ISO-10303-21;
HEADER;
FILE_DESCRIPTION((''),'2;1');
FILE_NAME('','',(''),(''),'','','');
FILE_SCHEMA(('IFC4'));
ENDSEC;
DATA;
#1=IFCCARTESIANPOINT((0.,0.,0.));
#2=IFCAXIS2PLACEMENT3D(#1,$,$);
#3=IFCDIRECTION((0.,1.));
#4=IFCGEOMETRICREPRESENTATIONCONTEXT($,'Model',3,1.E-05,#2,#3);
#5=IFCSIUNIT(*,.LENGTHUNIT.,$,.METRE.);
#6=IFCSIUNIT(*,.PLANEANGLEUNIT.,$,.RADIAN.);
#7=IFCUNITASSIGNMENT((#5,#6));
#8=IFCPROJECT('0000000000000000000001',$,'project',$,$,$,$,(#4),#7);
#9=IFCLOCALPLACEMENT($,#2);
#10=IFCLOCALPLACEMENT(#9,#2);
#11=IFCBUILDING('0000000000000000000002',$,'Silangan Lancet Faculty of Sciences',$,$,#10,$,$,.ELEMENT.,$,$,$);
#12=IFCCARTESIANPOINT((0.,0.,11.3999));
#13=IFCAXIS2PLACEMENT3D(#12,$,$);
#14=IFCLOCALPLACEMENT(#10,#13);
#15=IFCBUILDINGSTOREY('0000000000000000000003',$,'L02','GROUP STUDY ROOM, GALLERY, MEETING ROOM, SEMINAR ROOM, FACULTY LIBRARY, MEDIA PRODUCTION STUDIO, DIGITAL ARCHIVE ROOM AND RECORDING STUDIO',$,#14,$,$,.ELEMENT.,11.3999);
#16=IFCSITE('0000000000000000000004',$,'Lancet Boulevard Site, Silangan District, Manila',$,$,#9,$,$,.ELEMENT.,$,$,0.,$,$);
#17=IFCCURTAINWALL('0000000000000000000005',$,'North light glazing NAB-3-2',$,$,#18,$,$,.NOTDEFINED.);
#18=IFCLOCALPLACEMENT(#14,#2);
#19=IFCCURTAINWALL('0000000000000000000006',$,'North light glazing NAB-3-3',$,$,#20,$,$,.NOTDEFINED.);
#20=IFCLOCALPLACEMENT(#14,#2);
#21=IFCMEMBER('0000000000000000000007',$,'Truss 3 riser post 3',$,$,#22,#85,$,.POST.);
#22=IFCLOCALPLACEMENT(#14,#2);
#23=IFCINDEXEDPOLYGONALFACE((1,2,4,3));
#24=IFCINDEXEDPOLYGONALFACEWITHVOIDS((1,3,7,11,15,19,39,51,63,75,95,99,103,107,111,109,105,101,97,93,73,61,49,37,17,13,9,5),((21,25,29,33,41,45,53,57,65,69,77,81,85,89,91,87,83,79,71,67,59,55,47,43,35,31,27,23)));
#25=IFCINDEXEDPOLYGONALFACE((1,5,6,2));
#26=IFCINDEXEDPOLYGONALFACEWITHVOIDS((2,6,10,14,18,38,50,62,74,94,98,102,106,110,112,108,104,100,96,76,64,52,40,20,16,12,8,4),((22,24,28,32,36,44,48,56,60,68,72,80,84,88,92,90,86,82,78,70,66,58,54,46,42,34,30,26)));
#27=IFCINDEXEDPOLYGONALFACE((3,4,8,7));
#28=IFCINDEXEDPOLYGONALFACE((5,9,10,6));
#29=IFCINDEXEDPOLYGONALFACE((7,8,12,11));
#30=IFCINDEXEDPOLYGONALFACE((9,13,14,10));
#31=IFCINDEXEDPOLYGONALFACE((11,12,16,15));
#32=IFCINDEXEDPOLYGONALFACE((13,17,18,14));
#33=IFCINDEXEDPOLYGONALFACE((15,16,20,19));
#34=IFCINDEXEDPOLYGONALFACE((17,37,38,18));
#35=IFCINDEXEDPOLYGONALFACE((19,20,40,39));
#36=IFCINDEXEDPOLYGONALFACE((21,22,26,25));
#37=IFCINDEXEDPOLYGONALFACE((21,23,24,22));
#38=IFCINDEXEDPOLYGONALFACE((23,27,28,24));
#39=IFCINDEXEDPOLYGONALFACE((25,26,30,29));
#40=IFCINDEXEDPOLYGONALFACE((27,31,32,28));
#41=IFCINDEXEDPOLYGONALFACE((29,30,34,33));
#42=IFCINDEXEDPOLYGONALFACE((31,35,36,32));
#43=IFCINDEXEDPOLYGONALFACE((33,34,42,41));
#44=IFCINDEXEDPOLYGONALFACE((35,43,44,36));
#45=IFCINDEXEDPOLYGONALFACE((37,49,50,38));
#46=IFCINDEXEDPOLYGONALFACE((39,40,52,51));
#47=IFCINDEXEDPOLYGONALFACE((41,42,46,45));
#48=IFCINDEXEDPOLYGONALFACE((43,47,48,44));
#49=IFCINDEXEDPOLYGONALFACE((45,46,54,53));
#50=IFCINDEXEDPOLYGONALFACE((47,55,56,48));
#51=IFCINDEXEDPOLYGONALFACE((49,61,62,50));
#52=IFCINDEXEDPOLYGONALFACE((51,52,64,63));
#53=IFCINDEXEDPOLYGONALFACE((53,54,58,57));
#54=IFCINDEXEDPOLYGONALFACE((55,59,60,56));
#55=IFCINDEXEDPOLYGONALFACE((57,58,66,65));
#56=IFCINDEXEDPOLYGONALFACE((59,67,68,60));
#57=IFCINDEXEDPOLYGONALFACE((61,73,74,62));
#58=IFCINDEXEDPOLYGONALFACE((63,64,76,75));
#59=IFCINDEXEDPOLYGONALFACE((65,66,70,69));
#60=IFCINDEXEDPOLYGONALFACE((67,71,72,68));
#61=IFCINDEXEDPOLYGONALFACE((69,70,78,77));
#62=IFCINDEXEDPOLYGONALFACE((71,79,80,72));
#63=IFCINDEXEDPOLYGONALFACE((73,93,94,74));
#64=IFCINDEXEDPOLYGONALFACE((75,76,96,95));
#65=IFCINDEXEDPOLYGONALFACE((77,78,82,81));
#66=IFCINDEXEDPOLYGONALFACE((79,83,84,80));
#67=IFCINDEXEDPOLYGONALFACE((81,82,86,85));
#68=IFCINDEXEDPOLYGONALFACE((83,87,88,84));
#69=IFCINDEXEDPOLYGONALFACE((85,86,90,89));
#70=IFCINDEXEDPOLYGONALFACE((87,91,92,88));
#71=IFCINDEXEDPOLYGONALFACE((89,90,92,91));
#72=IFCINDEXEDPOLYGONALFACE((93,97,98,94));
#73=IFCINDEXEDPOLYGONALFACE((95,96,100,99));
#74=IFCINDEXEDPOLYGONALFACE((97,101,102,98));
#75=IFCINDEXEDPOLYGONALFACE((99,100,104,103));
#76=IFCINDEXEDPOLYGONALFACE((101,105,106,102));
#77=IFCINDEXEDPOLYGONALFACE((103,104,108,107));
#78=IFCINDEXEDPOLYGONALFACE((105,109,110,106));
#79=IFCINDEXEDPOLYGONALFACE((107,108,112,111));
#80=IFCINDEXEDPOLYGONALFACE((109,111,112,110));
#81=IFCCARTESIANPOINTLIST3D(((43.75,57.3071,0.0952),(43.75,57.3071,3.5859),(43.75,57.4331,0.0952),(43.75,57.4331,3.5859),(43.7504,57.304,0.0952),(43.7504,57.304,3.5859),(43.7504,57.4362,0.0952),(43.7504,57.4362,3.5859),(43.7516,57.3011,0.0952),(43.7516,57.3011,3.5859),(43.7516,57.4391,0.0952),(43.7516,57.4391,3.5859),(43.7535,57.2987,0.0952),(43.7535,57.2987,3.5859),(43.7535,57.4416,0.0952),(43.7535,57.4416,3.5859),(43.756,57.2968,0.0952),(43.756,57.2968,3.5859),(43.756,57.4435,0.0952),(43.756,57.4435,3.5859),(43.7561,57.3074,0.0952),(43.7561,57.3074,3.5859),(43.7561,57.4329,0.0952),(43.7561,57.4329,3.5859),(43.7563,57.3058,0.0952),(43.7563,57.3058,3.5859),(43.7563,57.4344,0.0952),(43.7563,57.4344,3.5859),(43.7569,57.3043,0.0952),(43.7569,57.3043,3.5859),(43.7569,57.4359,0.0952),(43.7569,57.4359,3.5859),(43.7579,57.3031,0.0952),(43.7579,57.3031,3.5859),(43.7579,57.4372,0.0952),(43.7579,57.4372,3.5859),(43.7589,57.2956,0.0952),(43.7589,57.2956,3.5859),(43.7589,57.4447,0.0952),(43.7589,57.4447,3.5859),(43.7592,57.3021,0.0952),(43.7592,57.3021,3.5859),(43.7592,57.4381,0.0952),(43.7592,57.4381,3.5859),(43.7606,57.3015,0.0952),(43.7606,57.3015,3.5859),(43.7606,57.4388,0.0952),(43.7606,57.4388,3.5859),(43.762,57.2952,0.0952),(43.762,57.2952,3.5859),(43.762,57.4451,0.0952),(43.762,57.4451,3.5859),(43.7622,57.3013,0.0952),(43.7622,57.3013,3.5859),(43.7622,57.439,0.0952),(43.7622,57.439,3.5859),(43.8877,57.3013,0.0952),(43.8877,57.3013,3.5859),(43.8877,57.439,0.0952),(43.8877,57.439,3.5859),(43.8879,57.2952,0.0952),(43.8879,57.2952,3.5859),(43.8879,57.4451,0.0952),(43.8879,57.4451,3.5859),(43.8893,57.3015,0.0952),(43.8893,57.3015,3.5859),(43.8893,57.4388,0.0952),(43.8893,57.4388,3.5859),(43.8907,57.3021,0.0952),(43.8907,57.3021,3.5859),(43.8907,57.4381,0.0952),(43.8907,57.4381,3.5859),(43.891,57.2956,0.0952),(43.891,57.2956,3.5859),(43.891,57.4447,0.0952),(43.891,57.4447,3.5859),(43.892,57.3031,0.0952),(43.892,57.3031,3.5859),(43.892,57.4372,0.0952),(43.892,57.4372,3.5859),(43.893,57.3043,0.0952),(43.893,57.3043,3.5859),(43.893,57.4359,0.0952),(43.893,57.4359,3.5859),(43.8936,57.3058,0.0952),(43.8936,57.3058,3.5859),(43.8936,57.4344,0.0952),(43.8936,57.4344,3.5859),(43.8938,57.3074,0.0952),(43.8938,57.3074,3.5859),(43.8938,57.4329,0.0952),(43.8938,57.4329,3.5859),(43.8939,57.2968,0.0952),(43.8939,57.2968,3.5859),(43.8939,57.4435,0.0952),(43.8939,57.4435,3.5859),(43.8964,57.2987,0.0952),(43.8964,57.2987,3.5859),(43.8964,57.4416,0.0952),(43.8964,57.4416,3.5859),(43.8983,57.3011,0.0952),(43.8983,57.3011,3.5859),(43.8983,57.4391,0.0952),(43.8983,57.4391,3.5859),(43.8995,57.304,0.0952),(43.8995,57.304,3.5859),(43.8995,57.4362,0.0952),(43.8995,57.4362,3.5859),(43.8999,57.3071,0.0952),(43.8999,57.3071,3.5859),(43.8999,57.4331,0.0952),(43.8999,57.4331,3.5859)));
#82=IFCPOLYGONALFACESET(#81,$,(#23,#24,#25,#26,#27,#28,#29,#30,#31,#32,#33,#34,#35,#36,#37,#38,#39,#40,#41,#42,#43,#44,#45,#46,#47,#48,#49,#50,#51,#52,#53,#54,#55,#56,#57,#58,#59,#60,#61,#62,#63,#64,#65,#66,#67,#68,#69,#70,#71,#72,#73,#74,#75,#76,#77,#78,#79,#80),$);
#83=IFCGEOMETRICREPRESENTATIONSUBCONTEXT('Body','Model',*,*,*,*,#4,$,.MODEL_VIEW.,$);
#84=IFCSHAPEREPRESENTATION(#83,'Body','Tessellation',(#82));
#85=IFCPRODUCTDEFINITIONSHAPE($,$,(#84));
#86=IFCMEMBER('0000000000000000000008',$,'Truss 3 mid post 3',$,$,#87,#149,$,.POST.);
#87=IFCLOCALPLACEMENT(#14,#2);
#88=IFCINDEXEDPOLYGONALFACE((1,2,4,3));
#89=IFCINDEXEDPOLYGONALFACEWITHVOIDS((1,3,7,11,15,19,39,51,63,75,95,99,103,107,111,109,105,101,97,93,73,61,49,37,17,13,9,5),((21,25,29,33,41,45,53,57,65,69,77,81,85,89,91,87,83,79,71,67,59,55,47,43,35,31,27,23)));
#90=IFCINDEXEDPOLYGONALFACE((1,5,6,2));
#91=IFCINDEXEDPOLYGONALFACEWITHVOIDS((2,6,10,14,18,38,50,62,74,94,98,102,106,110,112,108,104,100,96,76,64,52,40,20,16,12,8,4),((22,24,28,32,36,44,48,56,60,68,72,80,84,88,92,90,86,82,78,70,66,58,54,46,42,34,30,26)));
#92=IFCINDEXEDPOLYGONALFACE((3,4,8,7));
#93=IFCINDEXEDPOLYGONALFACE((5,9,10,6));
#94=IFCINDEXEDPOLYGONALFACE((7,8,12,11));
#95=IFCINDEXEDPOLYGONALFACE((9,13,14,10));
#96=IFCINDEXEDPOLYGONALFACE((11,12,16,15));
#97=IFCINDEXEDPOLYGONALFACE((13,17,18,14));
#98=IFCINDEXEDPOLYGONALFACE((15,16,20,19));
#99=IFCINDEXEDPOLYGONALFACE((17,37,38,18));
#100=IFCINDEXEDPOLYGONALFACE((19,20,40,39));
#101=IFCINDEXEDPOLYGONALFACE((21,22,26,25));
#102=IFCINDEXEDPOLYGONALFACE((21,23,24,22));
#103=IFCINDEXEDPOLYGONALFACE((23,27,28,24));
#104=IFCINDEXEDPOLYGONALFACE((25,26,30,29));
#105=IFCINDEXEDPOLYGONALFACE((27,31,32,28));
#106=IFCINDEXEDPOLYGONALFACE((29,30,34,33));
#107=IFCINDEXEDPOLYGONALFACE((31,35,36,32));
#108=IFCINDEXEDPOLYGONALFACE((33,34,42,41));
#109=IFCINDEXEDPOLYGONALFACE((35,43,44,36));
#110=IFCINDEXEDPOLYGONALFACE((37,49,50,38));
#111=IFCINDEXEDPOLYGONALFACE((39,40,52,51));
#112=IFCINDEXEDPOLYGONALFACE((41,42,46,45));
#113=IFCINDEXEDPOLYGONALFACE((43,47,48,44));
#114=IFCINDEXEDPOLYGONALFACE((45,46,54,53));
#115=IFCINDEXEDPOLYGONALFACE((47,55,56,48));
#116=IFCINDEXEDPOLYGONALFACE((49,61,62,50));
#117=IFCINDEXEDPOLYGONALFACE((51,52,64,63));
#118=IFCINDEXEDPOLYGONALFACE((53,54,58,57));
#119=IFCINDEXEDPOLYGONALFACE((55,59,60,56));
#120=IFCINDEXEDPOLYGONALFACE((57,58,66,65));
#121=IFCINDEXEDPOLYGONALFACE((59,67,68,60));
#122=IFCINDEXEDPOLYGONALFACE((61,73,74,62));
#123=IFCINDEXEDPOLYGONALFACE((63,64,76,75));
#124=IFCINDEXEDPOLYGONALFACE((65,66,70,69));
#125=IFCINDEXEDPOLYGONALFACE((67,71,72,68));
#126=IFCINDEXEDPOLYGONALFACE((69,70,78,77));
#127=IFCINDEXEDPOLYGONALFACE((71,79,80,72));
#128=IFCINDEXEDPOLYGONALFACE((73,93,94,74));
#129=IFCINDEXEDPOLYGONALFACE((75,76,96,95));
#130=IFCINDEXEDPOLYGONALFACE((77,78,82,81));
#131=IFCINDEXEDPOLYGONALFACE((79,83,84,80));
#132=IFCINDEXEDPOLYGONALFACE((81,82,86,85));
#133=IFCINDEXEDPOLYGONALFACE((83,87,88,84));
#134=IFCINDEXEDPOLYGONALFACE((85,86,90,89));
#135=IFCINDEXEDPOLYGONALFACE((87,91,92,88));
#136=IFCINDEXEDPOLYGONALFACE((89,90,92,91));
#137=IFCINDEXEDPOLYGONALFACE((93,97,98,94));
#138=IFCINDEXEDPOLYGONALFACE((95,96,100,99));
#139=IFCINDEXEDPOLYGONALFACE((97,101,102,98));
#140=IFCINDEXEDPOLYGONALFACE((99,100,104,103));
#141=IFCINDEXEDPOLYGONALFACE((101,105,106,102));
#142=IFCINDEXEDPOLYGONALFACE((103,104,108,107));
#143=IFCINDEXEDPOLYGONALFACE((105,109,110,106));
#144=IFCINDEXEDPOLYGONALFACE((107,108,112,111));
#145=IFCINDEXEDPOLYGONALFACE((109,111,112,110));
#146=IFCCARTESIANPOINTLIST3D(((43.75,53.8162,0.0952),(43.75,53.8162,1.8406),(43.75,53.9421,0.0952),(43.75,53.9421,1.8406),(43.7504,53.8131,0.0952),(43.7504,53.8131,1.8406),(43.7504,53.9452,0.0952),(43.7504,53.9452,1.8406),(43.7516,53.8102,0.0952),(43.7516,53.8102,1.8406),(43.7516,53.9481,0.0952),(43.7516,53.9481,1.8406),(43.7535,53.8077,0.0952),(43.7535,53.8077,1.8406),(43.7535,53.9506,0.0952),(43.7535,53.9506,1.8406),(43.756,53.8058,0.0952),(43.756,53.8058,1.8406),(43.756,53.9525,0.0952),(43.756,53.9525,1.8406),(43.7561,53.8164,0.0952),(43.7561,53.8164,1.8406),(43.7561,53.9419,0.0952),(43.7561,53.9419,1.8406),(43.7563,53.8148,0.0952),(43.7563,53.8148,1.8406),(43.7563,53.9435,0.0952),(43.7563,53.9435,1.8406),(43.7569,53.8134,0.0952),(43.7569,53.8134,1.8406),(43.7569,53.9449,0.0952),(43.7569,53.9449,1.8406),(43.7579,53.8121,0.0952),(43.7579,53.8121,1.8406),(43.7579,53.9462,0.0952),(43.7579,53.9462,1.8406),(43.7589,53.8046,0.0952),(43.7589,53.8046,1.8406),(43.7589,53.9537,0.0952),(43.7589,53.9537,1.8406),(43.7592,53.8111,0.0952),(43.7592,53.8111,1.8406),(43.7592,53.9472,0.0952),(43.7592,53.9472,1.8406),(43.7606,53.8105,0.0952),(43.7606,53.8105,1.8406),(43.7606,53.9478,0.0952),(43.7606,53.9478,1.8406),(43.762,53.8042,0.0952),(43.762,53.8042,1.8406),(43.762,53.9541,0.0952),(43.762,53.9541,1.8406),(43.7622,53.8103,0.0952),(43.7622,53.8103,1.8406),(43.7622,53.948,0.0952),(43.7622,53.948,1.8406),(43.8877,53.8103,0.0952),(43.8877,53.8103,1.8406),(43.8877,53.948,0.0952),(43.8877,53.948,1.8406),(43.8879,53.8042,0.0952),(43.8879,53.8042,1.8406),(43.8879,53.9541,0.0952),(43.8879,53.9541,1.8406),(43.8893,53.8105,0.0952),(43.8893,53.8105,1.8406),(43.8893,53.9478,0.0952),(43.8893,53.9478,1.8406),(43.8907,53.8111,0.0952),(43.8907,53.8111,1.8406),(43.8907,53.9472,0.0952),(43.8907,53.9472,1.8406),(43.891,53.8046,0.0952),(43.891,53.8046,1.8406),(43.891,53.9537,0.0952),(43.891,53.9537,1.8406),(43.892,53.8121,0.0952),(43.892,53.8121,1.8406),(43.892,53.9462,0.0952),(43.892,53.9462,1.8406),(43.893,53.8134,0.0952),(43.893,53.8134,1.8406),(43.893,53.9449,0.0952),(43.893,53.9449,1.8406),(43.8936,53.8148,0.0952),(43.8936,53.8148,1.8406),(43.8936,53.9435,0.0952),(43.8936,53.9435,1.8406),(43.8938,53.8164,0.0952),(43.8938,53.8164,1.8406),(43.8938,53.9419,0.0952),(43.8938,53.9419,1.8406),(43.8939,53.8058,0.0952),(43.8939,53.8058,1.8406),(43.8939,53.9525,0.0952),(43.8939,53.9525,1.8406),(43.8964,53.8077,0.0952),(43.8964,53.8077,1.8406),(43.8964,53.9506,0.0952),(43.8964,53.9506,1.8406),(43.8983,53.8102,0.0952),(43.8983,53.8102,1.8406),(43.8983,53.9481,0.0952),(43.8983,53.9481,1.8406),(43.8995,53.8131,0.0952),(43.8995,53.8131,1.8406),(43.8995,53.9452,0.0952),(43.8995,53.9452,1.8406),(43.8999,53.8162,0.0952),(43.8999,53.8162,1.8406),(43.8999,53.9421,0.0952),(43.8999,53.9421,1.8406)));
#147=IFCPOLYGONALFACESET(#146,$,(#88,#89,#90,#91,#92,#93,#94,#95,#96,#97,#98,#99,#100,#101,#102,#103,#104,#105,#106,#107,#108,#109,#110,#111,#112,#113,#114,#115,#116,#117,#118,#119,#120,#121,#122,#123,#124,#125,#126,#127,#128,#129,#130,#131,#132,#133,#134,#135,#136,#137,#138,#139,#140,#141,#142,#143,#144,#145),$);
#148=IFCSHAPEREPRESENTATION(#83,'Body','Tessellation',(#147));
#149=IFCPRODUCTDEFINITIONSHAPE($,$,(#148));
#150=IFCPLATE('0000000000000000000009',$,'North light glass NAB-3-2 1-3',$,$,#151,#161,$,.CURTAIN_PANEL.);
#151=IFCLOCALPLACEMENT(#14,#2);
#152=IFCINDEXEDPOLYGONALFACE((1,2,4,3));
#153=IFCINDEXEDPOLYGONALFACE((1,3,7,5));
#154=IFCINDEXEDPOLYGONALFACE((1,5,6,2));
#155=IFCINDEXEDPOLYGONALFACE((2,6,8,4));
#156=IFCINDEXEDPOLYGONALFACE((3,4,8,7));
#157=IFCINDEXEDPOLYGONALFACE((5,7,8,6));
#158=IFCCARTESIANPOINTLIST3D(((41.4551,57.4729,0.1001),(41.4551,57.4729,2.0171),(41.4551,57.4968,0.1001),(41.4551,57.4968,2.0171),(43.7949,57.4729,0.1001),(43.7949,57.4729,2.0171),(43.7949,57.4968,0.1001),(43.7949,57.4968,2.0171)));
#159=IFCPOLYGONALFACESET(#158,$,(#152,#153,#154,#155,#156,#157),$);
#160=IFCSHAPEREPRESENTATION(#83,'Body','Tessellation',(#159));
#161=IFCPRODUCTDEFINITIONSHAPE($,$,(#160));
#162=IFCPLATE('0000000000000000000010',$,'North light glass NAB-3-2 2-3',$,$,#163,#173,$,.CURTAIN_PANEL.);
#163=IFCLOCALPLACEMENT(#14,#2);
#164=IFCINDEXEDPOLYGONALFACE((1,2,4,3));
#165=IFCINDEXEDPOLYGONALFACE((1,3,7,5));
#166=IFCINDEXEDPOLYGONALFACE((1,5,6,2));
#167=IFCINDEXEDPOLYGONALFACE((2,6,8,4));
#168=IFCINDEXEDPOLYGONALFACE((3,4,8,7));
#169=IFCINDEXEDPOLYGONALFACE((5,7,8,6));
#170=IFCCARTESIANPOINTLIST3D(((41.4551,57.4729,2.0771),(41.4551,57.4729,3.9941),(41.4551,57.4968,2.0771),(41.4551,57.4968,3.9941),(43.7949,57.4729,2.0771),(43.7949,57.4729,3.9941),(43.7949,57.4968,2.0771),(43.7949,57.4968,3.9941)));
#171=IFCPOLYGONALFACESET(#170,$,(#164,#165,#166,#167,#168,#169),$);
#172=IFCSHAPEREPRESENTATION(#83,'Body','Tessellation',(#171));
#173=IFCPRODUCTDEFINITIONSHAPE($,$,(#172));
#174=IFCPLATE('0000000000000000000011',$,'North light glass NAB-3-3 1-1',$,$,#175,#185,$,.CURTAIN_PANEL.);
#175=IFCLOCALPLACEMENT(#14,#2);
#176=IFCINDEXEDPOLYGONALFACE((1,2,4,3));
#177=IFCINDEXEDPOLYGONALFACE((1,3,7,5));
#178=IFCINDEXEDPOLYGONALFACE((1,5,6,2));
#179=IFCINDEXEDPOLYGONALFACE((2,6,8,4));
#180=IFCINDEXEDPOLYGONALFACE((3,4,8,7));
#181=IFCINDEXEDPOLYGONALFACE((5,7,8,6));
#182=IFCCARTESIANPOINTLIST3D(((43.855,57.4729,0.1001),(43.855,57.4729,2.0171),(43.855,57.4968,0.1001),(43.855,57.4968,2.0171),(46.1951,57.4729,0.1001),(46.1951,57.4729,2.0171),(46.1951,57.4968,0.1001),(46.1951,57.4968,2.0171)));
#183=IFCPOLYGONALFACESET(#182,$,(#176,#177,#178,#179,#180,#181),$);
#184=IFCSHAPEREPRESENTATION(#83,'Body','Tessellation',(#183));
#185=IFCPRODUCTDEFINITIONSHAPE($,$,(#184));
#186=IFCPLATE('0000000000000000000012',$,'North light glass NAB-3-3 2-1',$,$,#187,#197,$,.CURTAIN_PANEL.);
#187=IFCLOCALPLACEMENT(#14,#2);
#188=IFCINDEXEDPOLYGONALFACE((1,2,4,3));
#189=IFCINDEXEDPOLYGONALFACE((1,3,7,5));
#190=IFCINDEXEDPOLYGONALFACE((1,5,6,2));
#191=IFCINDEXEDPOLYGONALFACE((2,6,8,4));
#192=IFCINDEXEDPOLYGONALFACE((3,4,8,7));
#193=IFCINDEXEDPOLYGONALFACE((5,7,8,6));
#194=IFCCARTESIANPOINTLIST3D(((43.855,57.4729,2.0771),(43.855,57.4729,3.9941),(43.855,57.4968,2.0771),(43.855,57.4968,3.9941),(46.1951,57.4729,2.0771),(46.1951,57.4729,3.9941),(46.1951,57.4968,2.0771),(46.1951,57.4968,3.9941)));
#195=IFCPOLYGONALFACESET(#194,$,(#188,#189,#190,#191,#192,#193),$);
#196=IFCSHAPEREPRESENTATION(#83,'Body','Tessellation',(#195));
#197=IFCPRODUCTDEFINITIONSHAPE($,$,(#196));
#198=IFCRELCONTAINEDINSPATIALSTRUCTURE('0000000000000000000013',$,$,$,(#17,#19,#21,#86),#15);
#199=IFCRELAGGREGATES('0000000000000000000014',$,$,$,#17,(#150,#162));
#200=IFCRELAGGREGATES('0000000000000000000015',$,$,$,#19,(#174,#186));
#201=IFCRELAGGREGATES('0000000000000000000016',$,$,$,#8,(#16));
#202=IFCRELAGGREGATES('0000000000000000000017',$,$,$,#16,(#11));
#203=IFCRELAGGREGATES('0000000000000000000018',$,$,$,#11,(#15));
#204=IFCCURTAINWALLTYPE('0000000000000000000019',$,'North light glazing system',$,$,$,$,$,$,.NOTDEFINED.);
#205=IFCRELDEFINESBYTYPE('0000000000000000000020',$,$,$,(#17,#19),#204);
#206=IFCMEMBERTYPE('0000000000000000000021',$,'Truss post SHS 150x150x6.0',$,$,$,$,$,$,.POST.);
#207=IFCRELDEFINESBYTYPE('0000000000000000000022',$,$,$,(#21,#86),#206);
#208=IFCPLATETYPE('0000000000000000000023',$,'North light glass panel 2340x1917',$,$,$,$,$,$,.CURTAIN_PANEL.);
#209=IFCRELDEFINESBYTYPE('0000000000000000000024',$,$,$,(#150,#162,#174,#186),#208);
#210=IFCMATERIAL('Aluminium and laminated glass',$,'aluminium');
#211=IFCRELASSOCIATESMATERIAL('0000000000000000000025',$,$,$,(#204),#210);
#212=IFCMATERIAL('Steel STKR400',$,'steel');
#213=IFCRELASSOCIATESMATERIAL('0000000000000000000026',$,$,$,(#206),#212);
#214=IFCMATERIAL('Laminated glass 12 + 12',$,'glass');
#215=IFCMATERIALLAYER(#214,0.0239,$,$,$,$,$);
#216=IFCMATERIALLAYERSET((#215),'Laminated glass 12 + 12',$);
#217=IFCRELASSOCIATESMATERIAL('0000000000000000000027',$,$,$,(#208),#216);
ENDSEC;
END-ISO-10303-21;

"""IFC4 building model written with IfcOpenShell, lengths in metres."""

from ifc_helpers import new_model, si_unit, direction, frame, origin, origin_2d, place, context, subcontext, project, spatial, polyline, hollow_rectangle, outline, extrude, material, layer, layer_set, material_profile, profile_set, type_object, element, aggregate, save


model = new_model("IFC4")

# Units and contexts
model_context = context("Model", 3, precision=1e-05, world=origin(), true_north=direction((0.0, 1.0)))
body_context = subcontext(model_context, "Body", "Model", "MODEL_VIEW")
ifc_project = project(units=[si_unit("LENGTHUNIT", "METRE"), si_unit("PLANEANGLEUNIT", "RADIAN")], contexts=[model_context])

# Site, building, storey
site_placement = place(None, origin())
site = spatial("IfcSite", under=ifc_project, at=site_placement, Name="Lancet Boulevard Site, Silangan District, Manila", CompositionType="ELEMENT", RefElevation=0.0)
building_placement = place(site_placement, origin())
building = spatial("IfcBuilding", under=site, at=building_placement, Name="Silangan Lancet Faculty of Sciences", CompositionType="ELEMENT")
storey_placement = place(building_placement, frame((0.0, 0.0, 11.3999)))
storey = spatial("IfcBuildingStorey", under=building, at=storey_placement, Name="L02", Description="GROUP STUDY ROOM, GALLERY, MEETING ROOM, SEMINAR ROOM, FACULTY LIBRARY, MEDIA PRODUCTION STUDIO, DIGITAL ARCHIVE ROOM AND RECORDING STUDIO", CompositionType="ELEMENT", Elevation=11.3999)

# Curtain wall
ifc_material_1 = material(Name="Aluminium and laminated glass", Category="aluminium")
curtain_wall_type = type_object("IfcCurtainWallType", Name="North light glazing system", PredefinedType="NOTDEFINED", material=ifc_material_1)
curtain_wall_1_placement = place(storey_placement, origin())
curtain_wall_1 = element("IfcCurtainWall", 1, at=curtain_wall_1_placement, inside=storey, type_object=curtain_wall_type, Name="North light glazing NAB-3-2", PredefinedType="NOTDEFINED")

# Curtain wall
curtain_wall_2_placement = place(storey_placement, origin())
curtain_wall_2 = element("IfcCurtainWall", 2, at=curtain_wall_2_placement, inside=storey, type_object=curtain_wall_type, Name="North light glazing NAB-3-3", PredefinedType="NOTDEFINED")

# Members
ifc_material_2 = material(Name="Steel STKR400", Category="steel")
ifc_material_profile_1 = material_profile(ifc_material_2, hollow_rectangle(XDim=0.1499, YDim=0.1499, WallThickness=0.0061, InnerFilletRadius=0.0061, OuterFilletRadius=0.012, at=origin_2d()), Name="SHS 150x150x6.0")
ifc_profile_set_1 = profile_set([ifc_material_profile_1], Name="Steel STKR400")
member_type_1 = type_object("IfcMemberType", Name="Truss post SHS 150x150x6.0", PredefinedType="POST", material=ifc_profile_set_1)
member_1_placement = place(storey_placement, frame((43.825, 57.3701, 0.0952), z_axis=(0.0, 0.0, 1.0), x_axis=(1.0, 0.0, 0.0)))
element("IfcMember", 3, at=member_1_placement, inside=storey, type_object=member_type_1, Name="Truss 3 riser post 3", PredefinedType="POST", context=body_context, shape_type="SweptSolid", body=[
    extrude(hollow_rectangle(XDim=0.1499, YDim=0.1499, WallThickness=0.0061, InnerFilletRadius=0.0061, OuterFilletRadius=0.012, at=origin_2d()), origin(), (0.0, 0.0, 1.0), 3.4907),
])
member_2_placement = place(storey_placement, frame((43.825, 53.8792, 0.0952), z_axis=(0.0, 0.0, 1.0), x_axis=(1.0, 0.0, 0.0)))
element("IfcMember", 4, at=member_2_placement, inside=storey, type_object=member_type_1, Name="Truss 3 mid post 3", PredefinedType="POST", context=body_context, shape_type="SweptSolid", body=[
    extrude(hollow_rectangle(XDim=0.1499, YDim=0.1499, WallThickness=0.0061, InnerFilletRadius=0.0061, OuterFilletRadius=0.012, at=origin_2d()), origin(), (0.0, 0.0, 1.0), 1.7454),
])

# Plates
ifc_material_3 = material(Name="Laminated glass 12 + 12", Category="glass")
ifc_layer_1 = layer(ifc_material_3, 0.0239)
ifc_layer_set_1 = layer_set([ifc_layer_1], Name="Laminated glass 12 + 12")
plate_type = type_object("IfcPlateType", Name="North light glass panel 2340x1917", PredefinedType="CURTAIN_PANEL", material=ifc_layer_set_1)
plate_1_placement = place(storey_placement, frame((41.4551, 57.4729, 0.1001), z_axis=(0.0, -1.0, 0.0), x_axis=(1.0, 0.0, 0.0)))
plate_1 = element("IfcPlate", 5, at=plate_1_placement, type_object=plate_type, Name="North light glass NAB-3-2 1-3", PredefinedType="CURTAIN_PANEL", context=body_context, shape_type="SweptSolid", body=[
    extrude(outline(polyline([(0.0, 0.0), (2.3398, 0.0), (2.3398, 1.917), (0.0, 1.917), (0.0, 0.0)])), origin(), (0.0, 0.0, -1.0), 0.0239),
])
plate_2_placement = place(storey_placement, frame((41.4551, 57.4729, 2.0771), z_axis=(0.0, -1.0, 0.0), x_axis=(1.0, 0.0, 0.0)))
plate_2 = element("IfcPlate", 6, at=plate_2_placement, type_object=plate_type, Name="North light glass NAB-3-2 2-3", PredefinedType="CURTAIN_PANEL", context=body_context, shape_type="SweptSolid", body=[
    extrude(outline(polyline([(0.0, 0.0), (2.3398, 0.0), (2.3398, 1.917), (0.0, 1.917), (0.0, 0.0)])), origin(), (0.0, 0.0, -1.0), 0.0239),
])
aggregate(curtain_wall_1, [plate_1, plate_2])
plate_3_placement = place(storey_placement, frame((43.855, 57.4729, 0.1001), z_axis=(0.0, -1.0, 0.0), x_axis=(1.0, 0.0, 0.0)))
plate_3 = element("IfcPlate", 7, at=plate_3_placement, type_object=plate_type, Name="North light glass NAB-3-3 1-1", PredefinedType="CURTAIN_PANEL", context=body_context, shape_type="SweptSolid", body=[
    extrude(outline(polyline([(0.0, 0.0), (2.3401, 0.0), (2.3401, 1.917), (0.0, 1.917), (0.0, 0.0)])), origin(), (0.0, 0.0, -1.0), 0.0239),
])
plate_4_placement = place(storey_placement, frame((43.855, 57.4729, 2.0771), z_axis=(0.0, -1.0, 0.0), x_axis=(1.0, 0.0, 0.0)))
plate_4 = element("IfcPlate", 8, at=plate_4_placement, type_object=plate_type, Name="North light glass NAB-3-3 2-1", PredefinedType="CURTAIN_PANEL", context=body_context, shape_type="SweptSolid", body=[
    extrude(outline(polyline([(0.0, 0.0), (2.3401, 0.0), (2.3401, 1.917), (0.0, 1.917), (0.0, 0.0)])), origin(), (0.0, 0.0, -1.0), 0.0239),
])
aggregate(curtain_wall_2, [plate_3, plate_4])

save(model, "model.ifc")
